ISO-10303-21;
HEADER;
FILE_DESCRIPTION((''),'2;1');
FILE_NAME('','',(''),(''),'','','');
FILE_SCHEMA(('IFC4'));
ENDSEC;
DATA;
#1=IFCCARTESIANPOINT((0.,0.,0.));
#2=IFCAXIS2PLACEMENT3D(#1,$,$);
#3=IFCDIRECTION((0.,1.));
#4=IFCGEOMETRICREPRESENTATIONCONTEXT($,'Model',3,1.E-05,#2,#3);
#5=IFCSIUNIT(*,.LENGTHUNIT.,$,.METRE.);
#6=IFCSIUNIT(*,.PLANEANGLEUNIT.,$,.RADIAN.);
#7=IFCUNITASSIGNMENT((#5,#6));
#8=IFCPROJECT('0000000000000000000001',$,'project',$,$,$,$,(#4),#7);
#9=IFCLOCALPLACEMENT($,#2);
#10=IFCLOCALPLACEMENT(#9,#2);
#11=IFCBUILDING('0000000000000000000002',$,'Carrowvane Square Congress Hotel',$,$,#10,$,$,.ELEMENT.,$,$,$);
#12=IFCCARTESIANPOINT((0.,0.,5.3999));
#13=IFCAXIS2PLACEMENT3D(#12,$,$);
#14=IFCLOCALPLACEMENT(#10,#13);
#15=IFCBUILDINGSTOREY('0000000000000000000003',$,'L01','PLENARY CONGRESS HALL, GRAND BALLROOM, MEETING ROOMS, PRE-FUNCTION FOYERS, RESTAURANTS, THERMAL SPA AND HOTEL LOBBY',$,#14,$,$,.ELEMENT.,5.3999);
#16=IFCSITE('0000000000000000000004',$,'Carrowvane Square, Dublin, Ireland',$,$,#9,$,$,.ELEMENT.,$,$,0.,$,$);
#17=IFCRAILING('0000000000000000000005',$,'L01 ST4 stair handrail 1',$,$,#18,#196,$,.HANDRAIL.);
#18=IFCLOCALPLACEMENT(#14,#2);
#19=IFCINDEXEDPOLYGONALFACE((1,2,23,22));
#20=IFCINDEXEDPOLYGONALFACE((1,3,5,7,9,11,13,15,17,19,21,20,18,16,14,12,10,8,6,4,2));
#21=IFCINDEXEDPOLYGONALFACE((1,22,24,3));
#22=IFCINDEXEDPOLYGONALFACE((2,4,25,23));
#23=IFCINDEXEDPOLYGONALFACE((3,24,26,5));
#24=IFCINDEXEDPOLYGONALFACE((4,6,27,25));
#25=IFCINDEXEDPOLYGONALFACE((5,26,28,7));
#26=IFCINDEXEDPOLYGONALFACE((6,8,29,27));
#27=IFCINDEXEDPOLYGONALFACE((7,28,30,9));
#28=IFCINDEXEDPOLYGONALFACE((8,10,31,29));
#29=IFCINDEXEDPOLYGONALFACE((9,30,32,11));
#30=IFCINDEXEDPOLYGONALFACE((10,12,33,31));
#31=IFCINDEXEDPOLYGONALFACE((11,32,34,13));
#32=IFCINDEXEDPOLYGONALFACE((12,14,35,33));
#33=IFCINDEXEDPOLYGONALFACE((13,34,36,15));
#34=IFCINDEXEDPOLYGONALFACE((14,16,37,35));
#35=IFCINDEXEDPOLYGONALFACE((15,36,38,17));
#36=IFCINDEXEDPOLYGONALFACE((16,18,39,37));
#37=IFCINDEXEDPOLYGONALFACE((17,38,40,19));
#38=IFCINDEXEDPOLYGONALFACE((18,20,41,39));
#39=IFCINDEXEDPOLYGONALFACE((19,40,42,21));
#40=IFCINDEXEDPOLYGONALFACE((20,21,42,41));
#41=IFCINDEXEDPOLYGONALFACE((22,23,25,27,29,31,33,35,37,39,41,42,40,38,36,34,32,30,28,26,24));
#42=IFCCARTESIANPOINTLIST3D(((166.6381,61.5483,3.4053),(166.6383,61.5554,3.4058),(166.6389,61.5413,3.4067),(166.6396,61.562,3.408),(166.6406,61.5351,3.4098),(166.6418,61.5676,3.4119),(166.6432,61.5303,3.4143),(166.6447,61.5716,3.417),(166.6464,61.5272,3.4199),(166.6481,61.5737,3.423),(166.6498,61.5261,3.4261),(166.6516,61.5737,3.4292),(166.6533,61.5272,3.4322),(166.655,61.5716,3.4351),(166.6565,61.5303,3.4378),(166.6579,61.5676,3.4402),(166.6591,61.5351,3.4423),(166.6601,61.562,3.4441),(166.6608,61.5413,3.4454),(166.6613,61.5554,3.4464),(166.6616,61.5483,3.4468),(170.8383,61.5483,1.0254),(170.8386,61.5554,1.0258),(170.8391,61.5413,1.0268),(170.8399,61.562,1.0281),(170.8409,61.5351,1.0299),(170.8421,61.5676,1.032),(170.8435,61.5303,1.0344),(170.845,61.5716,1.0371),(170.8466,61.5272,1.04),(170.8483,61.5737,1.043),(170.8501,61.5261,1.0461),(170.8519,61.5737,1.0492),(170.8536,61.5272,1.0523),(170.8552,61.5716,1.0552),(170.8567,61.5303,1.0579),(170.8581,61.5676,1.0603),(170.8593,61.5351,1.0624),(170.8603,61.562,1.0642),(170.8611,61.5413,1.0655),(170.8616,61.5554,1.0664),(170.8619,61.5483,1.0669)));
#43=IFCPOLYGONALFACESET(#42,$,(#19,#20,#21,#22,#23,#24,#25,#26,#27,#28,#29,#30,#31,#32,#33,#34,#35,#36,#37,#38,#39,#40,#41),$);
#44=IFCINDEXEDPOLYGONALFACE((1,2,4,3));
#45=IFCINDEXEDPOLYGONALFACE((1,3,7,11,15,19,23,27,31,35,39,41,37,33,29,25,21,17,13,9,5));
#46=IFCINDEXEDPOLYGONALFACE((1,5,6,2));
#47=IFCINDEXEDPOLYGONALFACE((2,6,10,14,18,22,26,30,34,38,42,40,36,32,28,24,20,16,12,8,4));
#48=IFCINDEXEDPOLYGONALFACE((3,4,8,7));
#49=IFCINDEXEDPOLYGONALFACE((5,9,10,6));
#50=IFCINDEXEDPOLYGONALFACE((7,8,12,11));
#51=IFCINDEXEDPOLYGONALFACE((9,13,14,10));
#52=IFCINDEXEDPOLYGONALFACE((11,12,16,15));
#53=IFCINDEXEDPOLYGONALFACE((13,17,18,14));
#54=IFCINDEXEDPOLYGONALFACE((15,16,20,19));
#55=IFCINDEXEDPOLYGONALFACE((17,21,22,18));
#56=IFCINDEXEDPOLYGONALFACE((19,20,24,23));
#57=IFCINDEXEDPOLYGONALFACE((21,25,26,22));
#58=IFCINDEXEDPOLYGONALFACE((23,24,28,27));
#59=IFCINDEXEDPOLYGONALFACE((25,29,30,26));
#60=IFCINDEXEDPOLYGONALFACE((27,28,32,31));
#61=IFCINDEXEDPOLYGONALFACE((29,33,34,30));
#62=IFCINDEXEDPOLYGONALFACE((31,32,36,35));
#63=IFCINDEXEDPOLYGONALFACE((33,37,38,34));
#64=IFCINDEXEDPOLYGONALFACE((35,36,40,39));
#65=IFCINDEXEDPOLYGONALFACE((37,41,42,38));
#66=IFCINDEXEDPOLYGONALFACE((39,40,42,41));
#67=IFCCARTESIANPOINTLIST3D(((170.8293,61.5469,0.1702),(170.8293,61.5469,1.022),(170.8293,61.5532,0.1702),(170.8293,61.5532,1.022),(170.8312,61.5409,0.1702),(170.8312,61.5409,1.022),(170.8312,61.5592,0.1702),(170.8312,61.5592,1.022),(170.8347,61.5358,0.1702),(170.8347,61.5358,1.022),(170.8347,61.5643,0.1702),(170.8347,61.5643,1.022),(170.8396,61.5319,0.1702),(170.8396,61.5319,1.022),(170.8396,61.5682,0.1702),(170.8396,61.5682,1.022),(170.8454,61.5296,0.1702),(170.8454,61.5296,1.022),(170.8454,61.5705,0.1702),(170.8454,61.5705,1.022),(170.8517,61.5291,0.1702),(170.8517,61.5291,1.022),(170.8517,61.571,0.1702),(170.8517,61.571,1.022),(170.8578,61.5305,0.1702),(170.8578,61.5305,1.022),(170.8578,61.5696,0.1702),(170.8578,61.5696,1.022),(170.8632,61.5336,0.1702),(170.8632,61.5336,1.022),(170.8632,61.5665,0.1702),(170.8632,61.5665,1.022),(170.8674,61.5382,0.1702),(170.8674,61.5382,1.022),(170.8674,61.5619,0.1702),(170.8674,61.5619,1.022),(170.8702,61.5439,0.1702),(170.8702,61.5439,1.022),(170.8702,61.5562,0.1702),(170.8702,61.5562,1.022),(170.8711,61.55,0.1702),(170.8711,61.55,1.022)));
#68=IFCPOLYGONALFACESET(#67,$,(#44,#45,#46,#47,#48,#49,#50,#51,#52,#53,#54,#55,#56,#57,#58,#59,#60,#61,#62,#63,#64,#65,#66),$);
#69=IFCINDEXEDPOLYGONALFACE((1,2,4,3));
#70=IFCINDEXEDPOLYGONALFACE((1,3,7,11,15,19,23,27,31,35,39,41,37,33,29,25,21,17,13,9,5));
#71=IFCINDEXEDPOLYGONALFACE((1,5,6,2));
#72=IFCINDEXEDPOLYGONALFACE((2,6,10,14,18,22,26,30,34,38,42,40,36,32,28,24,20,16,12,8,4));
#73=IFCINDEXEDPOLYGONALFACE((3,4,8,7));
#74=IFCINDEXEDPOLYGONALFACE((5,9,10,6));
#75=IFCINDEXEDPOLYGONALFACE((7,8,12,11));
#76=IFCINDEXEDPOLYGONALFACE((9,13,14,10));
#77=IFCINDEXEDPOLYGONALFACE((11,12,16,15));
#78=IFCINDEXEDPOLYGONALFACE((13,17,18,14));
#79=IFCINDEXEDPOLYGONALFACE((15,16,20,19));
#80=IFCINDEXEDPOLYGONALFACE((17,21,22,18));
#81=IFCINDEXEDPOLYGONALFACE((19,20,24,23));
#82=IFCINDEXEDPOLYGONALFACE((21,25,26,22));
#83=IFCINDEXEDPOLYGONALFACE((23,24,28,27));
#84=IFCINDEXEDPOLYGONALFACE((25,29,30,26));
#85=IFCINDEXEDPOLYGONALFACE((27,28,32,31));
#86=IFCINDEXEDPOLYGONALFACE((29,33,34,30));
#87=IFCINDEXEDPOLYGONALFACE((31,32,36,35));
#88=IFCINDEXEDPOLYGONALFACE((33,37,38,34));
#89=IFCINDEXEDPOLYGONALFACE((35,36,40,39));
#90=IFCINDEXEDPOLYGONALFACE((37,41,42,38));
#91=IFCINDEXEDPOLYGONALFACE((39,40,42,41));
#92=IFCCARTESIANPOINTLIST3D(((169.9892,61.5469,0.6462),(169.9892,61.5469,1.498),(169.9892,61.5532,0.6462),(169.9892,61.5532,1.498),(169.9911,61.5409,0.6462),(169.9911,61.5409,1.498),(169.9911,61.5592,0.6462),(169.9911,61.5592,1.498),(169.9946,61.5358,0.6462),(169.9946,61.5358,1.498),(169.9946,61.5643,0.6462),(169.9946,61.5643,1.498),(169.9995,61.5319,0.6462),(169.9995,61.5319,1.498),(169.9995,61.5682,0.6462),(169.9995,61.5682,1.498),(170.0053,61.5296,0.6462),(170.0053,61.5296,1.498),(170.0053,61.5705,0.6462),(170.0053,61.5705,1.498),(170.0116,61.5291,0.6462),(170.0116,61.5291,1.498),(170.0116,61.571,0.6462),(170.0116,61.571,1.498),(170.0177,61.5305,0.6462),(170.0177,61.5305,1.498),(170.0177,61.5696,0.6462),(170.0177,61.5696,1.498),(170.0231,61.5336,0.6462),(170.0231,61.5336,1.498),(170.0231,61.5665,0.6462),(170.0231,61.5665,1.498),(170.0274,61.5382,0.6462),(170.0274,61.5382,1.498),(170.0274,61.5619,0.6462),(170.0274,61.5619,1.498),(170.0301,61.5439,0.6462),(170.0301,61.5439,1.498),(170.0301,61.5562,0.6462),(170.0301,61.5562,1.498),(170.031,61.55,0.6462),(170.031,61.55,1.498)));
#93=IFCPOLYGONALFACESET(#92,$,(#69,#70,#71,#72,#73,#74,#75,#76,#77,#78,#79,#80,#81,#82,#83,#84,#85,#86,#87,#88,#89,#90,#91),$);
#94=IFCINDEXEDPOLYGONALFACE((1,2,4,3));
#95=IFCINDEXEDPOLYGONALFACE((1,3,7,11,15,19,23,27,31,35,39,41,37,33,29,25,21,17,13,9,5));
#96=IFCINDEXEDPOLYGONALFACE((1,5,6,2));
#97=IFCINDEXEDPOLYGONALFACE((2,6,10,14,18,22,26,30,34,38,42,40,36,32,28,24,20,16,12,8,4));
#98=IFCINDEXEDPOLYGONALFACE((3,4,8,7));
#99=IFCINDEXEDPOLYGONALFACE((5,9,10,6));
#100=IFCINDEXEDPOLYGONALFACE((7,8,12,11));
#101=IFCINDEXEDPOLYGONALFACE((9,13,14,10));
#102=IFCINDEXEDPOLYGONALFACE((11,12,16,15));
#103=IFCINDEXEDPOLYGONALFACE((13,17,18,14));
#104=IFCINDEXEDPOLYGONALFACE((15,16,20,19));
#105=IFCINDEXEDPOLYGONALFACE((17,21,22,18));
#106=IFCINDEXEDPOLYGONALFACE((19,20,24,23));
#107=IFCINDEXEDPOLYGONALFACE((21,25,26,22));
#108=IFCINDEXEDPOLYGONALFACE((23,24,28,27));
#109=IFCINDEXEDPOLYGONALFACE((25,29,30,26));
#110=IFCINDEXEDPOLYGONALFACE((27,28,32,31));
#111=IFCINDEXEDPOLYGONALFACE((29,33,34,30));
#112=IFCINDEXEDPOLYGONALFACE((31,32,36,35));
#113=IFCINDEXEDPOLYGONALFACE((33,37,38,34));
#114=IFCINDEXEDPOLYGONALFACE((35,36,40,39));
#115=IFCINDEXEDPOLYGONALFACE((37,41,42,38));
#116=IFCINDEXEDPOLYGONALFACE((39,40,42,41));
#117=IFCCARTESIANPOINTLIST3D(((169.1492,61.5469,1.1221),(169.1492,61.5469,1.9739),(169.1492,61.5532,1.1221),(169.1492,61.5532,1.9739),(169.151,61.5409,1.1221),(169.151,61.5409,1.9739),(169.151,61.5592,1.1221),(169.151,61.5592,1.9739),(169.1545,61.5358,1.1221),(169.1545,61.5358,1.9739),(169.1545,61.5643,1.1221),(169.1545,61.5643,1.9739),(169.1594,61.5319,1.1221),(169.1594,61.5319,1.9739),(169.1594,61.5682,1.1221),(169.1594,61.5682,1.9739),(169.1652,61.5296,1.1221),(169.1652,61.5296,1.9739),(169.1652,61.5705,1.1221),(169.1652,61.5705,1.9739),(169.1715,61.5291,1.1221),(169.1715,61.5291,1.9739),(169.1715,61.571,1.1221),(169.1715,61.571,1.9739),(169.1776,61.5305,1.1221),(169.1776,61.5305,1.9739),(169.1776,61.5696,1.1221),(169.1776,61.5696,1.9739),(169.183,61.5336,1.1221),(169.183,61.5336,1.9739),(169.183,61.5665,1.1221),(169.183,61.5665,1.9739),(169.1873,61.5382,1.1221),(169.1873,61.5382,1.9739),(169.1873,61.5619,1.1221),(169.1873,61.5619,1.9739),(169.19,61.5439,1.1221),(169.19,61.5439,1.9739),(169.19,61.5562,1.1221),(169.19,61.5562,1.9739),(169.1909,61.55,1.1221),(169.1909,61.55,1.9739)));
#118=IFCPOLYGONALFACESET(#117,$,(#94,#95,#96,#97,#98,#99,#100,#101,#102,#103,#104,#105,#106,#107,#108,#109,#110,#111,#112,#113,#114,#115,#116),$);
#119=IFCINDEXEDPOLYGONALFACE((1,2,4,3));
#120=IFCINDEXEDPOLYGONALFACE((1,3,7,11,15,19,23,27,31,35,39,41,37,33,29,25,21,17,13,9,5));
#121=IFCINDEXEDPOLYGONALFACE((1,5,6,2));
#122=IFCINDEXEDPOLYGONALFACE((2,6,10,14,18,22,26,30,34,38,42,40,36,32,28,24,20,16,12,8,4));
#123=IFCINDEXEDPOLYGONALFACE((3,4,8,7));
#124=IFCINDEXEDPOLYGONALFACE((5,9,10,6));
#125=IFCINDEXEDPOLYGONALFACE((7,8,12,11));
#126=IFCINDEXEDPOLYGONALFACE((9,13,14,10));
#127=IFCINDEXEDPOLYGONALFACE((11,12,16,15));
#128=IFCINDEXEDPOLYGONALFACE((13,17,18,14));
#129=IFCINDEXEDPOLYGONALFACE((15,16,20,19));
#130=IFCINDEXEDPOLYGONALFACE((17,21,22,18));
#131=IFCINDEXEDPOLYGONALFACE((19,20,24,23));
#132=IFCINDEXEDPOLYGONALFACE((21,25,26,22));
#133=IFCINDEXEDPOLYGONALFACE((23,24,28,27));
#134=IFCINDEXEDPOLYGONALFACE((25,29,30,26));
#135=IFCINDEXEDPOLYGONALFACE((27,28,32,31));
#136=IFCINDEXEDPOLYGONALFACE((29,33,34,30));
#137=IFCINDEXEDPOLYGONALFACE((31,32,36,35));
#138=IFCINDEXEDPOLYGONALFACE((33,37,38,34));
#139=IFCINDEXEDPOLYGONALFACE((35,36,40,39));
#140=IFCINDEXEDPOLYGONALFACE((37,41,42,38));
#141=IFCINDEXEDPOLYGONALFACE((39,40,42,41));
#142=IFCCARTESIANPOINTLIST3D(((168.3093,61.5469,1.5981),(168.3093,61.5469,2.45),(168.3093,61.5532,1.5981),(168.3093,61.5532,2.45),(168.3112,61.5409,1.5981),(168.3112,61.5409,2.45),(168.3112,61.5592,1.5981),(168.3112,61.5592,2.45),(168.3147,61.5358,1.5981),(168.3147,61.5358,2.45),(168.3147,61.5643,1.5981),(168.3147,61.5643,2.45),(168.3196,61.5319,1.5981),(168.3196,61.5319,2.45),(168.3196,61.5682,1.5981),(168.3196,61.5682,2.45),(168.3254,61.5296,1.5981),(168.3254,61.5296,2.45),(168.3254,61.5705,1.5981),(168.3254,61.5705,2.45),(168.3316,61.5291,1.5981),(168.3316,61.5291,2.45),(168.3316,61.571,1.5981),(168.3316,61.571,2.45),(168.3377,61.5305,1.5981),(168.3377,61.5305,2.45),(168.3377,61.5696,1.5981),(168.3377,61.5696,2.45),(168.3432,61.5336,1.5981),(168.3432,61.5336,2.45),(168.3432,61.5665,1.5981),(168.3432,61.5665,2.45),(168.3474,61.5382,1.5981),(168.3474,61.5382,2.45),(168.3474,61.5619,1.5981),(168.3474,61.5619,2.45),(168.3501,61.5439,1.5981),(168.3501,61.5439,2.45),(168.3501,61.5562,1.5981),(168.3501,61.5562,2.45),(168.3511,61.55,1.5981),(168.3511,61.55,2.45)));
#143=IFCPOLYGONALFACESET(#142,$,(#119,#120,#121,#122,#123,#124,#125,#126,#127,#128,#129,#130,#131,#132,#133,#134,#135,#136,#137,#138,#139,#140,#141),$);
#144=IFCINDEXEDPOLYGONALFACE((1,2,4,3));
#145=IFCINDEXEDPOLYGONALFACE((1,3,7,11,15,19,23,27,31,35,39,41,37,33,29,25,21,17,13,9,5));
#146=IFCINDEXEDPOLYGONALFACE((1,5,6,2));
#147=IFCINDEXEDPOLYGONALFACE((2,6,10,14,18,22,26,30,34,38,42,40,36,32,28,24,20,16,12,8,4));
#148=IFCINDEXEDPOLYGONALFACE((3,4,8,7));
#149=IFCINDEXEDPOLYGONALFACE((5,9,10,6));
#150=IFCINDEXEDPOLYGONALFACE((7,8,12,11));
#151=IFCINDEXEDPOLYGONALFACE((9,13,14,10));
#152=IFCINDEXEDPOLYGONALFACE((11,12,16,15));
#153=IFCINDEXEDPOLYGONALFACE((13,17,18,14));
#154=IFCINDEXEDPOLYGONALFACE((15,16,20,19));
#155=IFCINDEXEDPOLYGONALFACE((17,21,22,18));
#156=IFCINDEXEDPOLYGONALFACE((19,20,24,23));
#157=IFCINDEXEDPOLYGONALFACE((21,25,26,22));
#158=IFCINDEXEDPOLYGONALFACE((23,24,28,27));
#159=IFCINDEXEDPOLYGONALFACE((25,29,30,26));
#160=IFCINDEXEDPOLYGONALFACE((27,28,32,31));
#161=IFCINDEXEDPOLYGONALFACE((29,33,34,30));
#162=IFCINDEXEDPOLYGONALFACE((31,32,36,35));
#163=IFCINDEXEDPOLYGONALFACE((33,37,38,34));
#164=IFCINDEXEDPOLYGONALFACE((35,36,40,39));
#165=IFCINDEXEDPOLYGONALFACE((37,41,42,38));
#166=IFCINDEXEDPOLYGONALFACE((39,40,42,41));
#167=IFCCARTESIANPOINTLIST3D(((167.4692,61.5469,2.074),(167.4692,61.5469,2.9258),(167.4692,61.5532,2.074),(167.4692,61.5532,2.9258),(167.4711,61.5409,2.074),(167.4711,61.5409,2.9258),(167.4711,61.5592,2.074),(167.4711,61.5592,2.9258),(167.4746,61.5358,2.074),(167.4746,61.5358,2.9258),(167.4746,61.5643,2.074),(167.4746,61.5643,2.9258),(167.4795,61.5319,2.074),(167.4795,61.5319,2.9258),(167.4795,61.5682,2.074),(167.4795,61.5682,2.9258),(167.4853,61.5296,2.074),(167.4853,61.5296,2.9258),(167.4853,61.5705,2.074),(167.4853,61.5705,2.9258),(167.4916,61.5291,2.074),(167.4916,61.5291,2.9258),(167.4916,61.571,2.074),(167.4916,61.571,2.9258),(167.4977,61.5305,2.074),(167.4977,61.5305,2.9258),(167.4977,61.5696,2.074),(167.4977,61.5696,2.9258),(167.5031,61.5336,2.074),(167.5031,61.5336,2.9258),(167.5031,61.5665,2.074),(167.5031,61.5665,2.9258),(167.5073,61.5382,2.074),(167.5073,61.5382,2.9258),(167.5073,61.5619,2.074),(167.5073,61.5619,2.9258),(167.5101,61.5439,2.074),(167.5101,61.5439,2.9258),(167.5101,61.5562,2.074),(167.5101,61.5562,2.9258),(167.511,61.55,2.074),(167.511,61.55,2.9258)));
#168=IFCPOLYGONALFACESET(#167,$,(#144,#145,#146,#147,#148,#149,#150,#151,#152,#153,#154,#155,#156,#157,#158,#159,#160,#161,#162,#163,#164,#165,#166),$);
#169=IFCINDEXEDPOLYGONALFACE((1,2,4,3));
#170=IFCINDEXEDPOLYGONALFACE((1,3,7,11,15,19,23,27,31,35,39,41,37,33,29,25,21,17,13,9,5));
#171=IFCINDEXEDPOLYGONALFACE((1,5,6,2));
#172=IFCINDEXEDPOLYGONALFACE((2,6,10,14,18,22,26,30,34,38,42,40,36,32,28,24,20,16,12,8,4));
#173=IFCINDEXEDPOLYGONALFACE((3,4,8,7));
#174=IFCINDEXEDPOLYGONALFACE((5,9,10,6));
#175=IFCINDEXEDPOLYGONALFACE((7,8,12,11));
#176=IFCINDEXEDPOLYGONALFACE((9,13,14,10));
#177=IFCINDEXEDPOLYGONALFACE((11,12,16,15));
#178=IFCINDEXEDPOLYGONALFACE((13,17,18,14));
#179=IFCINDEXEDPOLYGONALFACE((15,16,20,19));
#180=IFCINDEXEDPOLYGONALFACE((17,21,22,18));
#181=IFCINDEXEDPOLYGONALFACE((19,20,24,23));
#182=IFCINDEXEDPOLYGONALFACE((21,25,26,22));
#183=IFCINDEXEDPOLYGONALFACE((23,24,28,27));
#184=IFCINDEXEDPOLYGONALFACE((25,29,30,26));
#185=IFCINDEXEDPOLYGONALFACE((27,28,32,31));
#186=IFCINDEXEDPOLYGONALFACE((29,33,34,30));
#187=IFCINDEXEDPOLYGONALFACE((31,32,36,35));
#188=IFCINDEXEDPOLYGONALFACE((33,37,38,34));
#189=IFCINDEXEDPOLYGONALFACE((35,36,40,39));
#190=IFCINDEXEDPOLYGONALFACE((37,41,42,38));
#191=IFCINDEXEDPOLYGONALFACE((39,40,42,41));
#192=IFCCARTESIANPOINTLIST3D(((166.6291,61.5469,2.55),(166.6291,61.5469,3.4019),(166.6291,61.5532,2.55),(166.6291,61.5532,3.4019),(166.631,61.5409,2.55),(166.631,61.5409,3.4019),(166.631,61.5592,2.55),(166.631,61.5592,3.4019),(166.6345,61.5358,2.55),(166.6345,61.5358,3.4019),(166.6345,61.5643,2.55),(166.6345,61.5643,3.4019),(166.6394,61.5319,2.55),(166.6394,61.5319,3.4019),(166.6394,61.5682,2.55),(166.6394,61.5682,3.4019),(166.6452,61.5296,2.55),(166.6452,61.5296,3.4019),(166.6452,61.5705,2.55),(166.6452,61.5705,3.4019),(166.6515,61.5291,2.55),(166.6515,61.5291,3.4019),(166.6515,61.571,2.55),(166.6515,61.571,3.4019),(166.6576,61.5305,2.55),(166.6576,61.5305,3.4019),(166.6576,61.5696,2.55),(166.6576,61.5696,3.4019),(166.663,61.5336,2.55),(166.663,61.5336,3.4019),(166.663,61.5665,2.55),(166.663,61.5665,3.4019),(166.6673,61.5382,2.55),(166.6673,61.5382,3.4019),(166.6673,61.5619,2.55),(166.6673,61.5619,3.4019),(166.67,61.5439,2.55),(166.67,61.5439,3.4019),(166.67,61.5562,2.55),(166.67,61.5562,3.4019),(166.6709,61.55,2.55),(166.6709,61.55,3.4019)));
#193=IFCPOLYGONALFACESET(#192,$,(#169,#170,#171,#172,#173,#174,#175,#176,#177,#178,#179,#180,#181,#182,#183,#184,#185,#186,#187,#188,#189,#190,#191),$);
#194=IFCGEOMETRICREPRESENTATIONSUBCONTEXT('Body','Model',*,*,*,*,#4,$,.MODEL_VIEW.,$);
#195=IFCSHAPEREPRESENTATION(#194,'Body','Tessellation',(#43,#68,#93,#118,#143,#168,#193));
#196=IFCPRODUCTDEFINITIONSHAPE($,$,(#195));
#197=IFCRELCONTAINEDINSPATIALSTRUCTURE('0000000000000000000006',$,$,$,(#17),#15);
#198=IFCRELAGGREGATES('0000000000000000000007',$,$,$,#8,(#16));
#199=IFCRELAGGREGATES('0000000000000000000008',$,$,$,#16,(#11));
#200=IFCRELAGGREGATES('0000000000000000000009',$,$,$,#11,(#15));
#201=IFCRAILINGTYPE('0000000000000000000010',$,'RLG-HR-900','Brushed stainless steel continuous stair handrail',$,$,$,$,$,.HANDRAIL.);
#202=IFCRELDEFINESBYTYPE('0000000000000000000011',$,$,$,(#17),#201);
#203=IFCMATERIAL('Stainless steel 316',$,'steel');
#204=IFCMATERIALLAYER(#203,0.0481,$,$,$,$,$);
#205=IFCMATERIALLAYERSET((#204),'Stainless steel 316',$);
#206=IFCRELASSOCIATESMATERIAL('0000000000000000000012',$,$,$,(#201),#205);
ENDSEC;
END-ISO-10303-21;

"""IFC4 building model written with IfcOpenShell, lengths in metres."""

from ifc_helpers import new_model, si_unit, direction, frame, origin, origin_2d, place, context, subcontext, project, spatial, circle, extrude, material, layer, layer_set, type_object, element, save


model = new_model("IFC4")

# Units and contexts
model_context = context("Model", 3, precision=1e-05, world=origin(), true_north=direction((0.0, 1.0)))
body_context = subcontext(model_context, "Body", "Model", "MODEL_VIEW")
ifc_project = project(units=[si_unit("LENGTHUNIT", "METRE"), si_unit("PLANEANGLEUNIT", "RADIAN")], contexts=[model_context])

# Site, building, storey
site_placement = place(None, origin())
site = spatial("IfcSite", under=ifc_project, at=site_placement, Name="Carrowvane Square, Dublin, Ireland", CompositionType="ELEMENT", RefElevation=0.0)
building_placement = place(site_placement, origin())
building = spatial("IfcBuilding", under=site, at=building_placement, Name="Carrowvane Square Congress Hotel", CompositionType="ELEMENT")
storey_placement = place(building_placement, frame((0.0, 0.0, 5.3999)))
storey = spatial("IfcBuildingStorey", under=building, at=storey_placement, Name="L01", Description="PLENARY CONGRESS HALL, GRAND BALLROOM, MEETING ROOMS, PRE-FUNCTION FOYERS, RESTAURANTS, THERMAL SPA AND HOTEL LOBBY", CompositionType="ELEMENT", Elevation=5.3999)

# Railing
ifc_material_1 = material(Name="Stainless steel 316", Category="steel")
ifc_layer_1 = layer(ifc_material_1, 0.0481)
ifc_layer_set_1 = layer_set([ifc_layer_1], Name="Stainless steel 316")
railing_type_1 = type_object("IfcRailingType", Name="RLG-HR-900", Description="Brushed stainless steel continuous stair handrail", PredefinedType="HANDRAIL", material=ifc_layer_set_1)
railing_1_placement = place(storey_placement, frame((170.8501, 61.55, 0.1702)))
element("IfcRailing", 1, at=railing_1_placement, inside=storey, type_object=railing_type_1, Name="L01 ST4 stair handrail 1", PredefinedType="HANDRAIL", context=body_context, shape_type="SweptSolid", body=[
    extrude(circle(Radius=0.0239, at=origin_2d()), frame((0.0, 0.0, 0.876), z_axis=(-0.870042, 0.0, 0.492977), x_axis=(0.0, -1.0, 0.0)), (0.0, 0.0, 1.0), 4.8276),
    extrude(circle(Radius=0.021, at=origin_2d()), origin(), (0.0, 0.0, 1.0), 0.8518),
    extrude(circle(Radius=0.021, at=origin_2d()), frame((-0.8401, 0.0, 0.4761)), (0.0, 0.0, 1.0), 0.8518),
    extrude(circle(Radius=0.021, at=origin_2d()), frame((-1.6802, 0.0, 0.9519)), (0.0, 0.0, 1.0), 0.8518),
    extrude(circle(Radius=0.021, at=origin_2d()), frame((-2.52, 0.0, 1.428)), (0.0, 0.0, 1.0), 0.8518),
    extrude(circle(Radius=0.021, at=origin_2d()), frame((-3.3601, 0.0, 1.9038)), (0.0, 0.0, 1.0), 0.8518),
    extrude(circle(Radius=0.021, at=origin_2d()), frame((-4.2002, 0.0, 2.3799)), (0.0, 0.0, 1.0), 0.8518),
])

save(model, "model.ifc")
